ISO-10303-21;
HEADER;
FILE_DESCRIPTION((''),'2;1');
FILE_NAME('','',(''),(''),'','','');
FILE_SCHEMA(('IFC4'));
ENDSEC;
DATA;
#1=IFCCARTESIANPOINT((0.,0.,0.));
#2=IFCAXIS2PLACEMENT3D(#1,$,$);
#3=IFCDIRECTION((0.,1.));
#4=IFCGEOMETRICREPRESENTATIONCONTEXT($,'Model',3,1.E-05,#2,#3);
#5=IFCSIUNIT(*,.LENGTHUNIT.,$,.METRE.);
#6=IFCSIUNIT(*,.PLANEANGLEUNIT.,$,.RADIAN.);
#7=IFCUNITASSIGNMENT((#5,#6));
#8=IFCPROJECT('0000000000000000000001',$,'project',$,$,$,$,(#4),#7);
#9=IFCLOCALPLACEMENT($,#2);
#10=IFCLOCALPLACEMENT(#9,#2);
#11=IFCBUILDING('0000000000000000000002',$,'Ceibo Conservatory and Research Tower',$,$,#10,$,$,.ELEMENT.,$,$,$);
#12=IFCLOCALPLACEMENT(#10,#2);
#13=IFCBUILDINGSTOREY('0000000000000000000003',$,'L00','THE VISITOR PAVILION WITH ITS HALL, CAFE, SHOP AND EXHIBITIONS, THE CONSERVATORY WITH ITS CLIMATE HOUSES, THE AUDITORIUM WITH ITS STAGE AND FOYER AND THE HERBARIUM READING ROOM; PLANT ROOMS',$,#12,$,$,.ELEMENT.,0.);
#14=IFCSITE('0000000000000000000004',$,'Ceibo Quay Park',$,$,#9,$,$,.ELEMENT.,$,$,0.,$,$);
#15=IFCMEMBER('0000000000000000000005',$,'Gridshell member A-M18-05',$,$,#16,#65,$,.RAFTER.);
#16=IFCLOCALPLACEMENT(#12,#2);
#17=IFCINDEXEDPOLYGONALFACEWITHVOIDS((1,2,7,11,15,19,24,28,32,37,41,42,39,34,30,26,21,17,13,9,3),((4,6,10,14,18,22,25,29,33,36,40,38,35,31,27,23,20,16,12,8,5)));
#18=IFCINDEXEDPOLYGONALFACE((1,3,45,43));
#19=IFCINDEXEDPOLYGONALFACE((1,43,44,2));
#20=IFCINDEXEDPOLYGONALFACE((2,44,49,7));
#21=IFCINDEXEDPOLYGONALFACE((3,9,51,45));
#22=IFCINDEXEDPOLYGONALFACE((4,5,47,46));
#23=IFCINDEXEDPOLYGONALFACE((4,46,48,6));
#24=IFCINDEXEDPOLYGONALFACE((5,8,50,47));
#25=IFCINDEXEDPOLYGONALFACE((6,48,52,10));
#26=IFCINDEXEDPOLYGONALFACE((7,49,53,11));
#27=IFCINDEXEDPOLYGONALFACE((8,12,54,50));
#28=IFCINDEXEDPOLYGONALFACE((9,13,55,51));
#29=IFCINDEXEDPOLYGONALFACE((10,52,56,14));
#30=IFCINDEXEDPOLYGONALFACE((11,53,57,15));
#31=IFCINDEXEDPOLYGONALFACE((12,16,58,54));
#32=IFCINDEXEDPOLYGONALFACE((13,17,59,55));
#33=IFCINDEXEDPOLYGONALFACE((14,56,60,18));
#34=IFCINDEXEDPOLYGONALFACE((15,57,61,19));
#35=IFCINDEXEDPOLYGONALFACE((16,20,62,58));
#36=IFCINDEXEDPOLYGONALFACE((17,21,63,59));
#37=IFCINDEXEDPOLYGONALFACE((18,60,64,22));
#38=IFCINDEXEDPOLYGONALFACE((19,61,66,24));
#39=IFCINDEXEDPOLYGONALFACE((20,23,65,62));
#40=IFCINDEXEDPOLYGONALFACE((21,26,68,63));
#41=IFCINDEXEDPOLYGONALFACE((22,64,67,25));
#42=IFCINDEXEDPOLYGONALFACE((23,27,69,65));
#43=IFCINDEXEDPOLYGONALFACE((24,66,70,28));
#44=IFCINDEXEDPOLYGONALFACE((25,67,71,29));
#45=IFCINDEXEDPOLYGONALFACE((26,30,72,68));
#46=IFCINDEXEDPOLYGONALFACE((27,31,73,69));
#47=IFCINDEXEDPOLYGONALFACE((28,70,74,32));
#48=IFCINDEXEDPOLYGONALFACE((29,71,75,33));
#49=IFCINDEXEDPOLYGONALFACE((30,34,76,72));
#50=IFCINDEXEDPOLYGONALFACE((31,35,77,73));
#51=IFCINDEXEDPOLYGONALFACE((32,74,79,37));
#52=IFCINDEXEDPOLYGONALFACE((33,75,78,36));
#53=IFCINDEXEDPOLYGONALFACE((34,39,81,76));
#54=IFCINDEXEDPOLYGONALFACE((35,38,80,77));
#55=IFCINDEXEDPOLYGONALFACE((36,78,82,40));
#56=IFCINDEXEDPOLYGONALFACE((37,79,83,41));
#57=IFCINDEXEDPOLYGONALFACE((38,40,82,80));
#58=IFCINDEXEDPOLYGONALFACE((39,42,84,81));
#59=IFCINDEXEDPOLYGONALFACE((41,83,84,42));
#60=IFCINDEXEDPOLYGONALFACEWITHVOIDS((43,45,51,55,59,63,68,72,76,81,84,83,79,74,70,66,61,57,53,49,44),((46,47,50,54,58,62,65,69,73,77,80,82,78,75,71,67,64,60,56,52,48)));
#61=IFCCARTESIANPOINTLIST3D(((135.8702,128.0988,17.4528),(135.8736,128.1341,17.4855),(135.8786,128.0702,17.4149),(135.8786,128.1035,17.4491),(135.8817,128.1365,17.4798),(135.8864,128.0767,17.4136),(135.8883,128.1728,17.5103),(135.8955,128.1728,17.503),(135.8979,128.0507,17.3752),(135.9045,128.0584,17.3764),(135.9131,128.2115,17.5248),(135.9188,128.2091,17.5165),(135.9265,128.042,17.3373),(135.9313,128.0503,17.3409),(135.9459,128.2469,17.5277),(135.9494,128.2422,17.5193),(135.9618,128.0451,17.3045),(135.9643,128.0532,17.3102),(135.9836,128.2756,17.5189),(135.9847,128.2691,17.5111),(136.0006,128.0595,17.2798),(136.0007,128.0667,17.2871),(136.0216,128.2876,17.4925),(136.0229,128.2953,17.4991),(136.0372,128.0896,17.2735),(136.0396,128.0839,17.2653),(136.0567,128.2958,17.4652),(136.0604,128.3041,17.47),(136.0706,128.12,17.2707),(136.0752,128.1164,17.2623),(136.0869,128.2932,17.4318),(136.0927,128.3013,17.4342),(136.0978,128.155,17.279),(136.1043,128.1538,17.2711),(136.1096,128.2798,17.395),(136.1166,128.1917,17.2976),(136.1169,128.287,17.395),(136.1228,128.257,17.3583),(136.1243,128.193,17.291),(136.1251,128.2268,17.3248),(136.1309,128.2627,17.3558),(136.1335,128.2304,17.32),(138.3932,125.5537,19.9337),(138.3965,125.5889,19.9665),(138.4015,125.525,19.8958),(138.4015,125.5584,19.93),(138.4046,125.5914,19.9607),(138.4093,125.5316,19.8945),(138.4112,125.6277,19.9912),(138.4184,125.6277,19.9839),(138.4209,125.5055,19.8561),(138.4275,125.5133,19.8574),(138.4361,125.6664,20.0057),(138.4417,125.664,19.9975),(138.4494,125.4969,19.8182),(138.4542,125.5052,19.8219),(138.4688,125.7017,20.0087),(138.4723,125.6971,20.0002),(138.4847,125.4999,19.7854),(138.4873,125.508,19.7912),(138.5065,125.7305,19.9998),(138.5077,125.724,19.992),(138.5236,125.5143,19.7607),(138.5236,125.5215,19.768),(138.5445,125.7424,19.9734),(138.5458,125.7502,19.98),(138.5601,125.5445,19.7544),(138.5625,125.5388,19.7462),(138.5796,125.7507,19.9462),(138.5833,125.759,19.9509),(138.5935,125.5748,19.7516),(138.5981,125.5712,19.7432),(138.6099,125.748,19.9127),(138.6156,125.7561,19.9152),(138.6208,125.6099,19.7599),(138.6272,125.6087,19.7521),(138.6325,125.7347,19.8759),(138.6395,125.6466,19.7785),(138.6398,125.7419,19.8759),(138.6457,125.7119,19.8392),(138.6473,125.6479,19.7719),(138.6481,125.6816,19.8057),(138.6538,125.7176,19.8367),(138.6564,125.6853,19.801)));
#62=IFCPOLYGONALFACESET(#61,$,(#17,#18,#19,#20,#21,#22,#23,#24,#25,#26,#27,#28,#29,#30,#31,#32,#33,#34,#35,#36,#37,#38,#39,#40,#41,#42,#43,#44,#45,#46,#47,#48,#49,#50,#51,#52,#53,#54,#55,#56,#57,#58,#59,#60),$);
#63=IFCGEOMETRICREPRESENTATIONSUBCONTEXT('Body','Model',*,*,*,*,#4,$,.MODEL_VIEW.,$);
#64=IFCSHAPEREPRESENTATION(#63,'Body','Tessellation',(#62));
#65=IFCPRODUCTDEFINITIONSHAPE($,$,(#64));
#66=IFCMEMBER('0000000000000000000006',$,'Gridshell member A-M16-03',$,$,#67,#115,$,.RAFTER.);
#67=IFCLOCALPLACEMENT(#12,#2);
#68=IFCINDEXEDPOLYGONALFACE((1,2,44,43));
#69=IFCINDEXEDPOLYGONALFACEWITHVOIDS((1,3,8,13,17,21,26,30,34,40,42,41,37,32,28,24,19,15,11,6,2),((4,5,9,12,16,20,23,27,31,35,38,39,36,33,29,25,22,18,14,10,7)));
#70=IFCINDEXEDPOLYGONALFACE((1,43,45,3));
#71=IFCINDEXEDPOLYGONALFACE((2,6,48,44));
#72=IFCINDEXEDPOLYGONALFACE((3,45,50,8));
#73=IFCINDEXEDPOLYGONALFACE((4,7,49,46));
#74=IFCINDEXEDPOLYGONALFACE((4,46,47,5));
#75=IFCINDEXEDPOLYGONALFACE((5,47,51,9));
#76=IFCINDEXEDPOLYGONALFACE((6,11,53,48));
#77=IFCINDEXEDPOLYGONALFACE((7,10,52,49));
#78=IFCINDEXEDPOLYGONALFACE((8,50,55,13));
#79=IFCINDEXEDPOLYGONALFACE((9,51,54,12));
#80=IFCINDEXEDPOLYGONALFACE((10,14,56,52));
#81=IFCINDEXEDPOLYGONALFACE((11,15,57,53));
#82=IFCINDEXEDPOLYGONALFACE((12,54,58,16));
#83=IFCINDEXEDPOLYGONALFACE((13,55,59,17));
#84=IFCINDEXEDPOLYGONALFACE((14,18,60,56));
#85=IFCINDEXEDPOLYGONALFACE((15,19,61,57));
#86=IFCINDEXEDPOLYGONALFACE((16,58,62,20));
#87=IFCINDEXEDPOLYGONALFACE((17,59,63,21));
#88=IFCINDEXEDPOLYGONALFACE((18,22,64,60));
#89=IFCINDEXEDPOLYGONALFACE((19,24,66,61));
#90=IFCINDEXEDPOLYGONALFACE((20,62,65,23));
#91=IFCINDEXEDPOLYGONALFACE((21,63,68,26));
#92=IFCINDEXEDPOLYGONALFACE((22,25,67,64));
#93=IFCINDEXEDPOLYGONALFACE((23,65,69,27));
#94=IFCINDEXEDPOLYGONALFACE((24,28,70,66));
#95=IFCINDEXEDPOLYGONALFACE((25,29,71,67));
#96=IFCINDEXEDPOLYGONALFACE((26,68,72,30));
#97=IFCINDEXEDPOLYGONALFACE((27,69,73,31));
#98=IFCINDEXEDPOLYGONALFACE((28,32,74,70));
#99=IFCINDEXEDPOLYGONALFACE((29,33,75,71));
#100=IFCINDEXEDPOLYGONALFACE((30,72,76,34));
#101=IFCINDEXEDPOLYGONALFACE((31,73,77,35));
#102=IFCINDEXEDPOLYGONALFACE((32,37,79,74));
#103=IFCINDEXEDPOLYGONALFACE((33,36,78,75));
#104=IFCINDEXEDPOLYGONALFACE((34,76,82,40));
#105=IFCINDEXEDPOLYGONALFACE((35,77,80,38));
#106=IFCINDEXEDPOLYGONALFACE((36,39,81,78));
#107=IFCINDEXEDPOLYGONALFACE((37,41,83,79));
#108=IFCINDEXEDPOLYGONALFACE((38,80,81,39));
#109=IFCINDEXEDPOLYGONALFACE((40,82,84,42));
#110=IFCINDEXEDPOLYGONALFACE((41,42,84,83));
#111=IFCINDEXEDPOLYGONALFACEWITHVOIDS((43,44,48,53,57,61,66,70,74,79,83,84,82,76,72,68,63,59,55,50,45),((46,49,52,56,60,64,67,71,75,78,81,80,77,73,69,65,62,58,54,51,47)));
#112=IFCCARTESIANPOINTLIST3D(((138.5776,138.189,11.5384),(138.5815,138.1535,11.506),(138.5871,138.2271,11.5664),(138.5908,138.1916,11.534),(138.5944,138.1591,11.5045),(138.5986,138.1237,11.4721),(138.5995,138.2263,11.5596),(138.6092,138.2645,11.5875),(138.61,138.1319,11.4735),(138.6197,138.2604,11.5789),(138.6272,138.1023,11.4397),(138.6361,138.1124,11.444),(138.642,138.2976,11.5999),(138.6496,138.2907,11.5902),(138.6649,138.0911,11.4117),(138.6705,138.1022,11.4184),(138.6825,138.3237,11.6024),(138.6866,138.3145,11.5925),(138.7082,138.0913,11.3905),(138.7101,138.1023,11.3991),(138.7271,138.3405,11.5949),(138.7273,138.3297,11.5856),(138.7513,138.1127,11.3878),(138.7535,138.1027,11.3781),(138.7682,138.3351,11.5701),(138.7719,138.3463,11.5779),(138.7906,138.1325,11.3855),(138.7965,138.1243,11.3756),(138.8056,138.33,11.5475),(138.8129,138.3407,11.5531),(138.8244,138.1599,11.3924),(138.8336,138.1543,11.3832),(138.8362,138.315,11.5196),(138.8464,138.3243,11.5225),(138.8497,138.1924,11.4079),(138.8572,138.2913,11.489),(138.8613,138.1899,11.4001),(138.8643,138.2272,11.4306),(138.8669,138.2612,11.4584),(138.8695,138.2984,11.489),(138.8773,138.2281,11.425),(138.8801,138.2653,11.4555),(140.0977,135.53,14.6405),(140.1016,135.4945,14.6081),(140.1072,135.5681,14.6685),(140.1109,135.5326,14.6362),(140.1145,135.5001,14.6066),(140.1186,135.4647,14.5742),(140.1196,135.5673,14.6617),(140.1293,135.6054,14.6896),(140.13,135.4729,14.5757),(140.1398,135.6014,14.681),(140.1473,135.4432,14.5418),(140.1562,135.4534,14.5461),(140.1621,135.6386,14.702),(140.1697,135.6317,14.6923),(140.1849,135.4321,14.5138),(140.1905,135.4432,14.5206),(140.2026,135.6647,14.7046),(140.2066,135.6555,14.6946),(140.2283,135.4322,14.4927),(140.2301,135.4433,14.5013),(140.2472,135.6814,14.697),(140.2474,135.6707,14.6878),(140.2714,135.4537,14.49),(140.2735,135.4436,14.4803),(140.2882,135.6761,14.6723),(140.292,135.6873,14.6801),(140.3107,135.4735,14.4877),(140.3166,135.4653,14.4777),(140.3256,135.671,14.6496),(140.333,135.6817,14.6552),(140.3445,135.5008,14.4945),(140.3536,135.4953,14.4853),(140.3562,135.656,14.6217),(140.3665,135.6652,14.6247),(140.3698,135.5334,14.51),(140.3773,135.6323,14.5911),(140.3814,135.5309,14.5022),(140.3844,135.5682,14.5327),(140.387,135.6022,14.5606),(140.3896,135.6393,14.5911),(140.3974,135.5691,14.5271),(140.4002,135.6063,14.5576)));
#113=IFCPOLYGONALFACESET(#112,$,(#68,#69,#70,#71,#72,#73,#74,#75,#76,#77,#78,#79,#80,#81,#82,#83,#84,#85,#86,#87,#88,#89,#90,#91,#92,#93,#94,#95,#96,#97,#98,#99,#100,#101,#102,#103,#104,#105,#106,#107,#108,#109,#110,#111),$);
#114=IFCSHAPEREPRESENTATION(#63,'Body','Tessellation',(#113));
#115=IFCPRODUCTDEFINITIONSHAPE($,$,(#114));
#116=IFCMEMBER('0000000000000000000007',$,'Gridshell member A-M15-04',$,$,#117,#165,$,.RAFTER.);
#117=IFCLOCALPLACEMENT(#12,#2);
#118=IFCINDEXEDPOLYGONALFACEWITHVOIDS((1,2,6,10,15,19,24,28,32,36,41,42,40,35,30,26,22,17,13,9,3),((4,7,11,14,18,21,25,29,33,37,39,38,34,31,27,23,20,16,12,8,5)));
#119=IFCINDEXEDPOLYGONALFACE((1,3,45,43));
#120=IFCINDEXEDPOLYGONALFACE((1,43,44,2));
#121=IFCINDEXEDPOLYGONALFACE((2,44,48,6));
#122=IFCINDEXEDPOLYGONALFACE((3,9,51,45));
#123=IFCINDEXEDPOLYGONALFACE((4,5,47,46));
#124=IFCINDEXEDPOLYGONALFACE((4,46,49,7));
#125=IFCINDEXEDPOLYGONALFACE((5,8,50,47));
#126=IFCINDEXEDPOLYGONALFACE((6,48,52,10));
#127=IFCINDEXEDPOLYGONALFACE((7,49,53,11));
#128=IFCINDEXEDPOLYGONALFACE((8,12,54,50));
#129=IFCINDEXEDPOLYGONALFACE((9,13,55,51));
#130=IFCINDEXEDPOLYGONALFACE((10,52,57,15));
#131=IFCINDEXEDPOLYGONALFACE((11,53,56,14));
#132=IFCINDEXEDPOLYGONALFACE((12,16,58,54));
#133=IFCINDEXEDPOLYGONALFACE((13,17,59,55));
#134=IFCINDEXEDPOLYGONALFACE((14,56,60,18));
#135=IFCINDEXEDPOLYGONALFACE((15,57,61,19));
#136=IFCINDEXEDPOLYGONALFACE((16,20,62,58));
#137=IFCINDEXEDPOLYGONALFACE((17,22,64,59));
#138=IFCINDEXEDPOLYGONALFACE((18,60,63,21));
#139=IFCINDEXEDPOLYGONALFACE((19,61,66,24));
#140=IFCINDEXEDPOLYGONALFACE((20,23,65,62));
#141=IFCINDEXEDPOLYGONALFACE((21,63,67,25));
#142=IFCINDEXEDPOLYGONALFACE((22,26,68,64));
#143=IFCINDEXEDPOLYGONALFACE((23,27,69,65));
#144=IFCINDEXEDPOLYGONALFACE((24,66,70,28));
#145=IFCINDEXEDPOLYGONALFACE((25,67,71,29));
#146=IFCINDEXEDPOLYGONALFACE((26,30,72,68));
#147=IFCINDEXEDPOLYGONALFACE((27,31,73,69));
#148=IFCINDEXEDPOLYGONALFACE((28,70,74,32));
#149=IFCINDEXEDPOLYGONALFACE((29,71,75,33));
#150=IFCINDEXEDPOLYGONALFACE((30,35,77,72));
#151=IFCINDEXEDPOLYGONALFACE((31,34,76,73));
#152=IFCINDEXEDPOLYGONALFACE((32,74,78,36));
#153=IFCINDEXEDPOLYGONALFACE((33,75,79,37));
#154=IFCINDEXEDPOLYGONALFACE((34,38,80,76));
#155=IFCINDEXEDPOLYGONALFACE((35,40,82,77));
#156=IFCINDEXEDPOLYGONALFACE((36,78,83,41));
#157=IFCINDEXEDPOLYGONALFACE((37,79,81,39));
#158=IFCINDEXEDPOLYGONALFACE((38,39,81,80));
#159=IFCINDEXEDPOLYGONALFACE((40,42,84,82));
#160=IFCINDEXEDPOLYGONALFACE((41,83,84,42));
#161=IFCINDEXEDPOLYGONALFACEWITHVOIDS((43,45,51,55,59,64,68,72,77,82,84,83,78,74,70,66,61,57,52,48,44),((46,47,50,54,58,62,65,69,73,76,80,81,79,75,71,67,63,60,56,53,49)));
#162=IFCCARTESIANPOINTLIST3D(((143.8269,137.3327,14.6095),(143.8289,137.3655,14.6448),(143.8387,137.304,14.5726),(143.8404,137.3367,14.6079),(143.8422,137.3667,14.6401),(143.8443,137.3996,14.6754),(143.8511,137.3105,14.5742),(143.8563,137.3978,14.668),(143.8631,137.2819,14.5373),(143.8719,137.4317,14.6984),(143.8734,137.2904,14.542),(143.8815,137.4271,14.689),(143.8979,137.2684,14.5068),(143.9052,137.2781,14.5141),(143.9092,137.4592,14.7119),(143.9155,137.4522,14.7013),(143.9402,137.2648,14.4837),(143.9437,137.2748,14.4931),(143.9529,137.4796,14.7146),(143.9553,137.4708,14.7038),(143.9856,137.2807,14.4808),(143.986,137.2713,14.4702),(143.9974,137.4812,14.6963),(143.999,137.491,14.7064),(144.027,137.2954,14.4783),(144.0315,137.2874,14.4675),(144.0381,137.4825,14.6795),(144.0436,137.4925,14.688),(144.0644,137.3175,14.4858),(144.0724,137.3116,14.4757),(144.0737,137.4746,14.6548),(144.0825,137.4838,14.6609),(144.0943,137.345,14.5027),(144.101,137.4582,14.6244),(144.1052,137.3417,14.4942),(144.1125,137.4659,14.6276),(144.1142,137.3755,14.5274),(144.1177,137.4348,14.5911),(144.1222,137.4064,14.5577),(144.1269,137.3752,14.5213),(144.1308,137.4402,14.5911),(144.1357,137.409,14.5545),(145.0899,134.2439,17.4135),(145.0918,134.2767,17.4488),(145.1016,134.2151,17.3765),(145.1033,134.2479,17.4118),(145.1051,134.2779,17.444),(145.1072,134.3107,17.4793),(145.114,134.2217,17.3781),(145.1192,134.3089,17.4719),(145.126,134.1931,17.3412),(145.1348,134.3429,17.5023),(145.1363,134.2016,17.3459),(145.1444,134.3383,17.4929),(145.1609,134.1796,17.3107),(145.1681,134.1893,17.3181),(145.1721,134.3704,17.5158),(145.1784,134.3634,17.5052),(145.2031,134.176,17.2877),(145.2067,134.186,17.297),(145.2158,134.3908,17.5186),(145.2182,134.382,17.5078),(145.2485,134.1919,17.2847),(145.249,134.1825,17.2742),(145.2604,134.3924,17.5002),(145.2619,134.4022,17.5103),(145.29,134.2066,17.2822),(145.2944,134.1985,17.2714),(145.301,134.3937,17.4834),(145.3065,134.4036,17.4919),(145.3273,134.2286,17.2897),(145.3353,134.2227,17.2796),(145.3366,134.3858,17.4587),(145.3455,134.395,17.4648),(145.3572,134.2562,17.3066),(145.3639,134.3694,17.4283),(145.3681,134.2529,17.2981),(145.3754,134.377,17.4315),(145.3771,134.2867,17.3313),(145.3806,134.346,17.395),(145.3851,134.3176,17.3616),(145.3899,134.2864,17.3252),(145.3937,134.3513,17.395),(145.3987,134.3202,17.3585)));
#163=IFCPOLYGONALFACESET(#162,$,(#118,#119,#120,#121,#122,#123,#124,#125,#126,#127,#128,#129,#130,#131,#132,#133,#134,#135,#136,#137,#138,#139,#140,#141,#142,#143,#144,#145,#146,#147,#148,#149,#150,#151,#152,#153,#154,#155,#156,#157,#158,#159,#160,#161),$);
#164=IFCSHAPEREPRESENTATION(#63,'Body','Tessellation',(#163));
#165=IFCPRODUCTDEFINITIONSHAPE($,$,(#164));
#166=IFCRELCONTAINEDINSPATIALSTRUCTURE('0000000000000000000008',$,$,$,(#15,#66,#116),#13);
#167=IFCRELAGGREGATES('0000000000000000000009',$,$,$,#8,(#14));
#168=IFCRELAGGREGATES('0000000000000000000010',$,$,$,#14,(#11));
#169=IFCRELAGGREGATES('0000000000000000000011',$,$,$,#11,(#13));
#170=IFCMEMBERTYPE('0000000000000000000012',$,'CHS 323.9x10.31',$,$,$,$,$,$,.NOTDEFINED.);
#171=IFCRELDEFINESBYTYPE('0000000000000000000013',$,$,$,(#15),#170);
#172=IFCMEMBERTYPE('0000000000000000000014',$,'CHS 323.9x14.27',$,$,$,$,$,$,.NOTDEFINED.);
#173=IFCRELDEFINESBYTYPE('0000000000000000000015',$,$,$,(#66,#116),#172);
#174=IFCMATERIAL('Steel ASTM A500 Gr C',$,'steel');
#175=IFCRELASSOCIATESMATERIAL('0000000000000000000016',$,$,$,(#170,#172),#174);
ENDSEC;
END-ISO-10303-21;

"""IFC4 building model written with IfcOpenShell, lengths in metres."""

from ifc_helpers import new_model, si_unit, direction, frame, origin, origin_2d, place, context, subcontext, project, spatial, hollow_circle, extrude, material, material_profile, profile_set, type_object, element, save


model = new_model("IFC4")

# Units and contexts
model_context = context("Model", 3, precision=1e-05, world=origin(), true_north=direction((0.0, 1.0)))
body_context = subcontext(model_context, "Body", "Model", "MODEL_VIEW")
ifc_project = project(units=[si_unit("LENGTHUNIT", "METRE"), si_unit("PLANEANGLEUNIT", "RADIAN")], contexts=[model_context])

# Site, building, storey
site_placement = place(None, origin())
site = spatial("IfcSite", under=ifc_project, at=site_placement, Name="Ceibo Quay Park", CompositionType="ELEMENT", RefElevation=0.0)
building_placement = place(site_placement, origin())
building = spatial("IfcBuilding", under=site, at=building_placement, Name="Ceibo Conservatory and Research Tower", CompositionType="ELEMENT")
storey_placement = place(building_placement, origin())
storey = spatial("IfcBuildingStorey", under=building, at=storey_placement, Name="L00", Description="THE VISITOR PAVILION WITH ITS HALL, CAFE, SHOP AND EXHIBITIONS, THE CONSERVATORY WITH ITS CLIMATE HOUSES, THE AUDITORIUM WITH ITS STAGE AND FOYER AND THE HERBARIUM READING ROOM; PLANT ROOMS", CompositionType="ELEMENT", Elevation=0.0)

# Members
ifc_material_1 = material(Name="Steel ASTM A500 Gr C", Category="steel")
ifc_material_profile_1 = material_profile(ifc_material_1, hollow_circle(Radius=0.1619, WallThickness=0.0103, at=origin_2d()), Name="CHS 323.9x10.31")
ifc_profile_set_1 = profile_set([ifc_material_profile_1], Name="Steel ASTM A500 Gr C")
member_type_1 = type_object("IfcMemberType", Name="CHS 323.9x10.31", PredefinedType="NOTDEFINED", material=ifc_profile_set_1)
member_1_placement = place(storey_placement, frame((136.002, 128.1731, 17.395), z_axis=(0.57883, -0.583927, 0.569196), x_axis=(0.7102, 0.704, 0.0)))
element("IfcMember", 1, at=member_1_placement, inside=storey, type_object=member_type_1, Name="Gridshell member A-M18-05", PredefinedType="RAFTER", context=body_context, shape_type="SweptSolid", body=[
    extrude(hollow_circle(Radius=0.1619, WallThickness=0.0103, at=origin_2d()), origin(), (0.0, 0.0, 1.0), 4.3586),
])
ifc_material_profile_2 = material_profile(ifc_material_1, hollow_circle(Radius=0.1619, WallThickness=0.0142, at=origin_2d()), Name="CHS 323.9x14.27")
ifc_profile_set_2 = profile_set([ifc_material_profile_2], Name="Steel ASTM A500 Gr C")
member_type_2 = type_object("IfcMemberType", Name="CHS 323.9x14.27", PredefinedType="NOTDEFINED", material=ifc_profile_set_2)
member_2_placement = place(storey_placement, frame((138.729, 138.218, 11.489), z_axis=(0.348688, -0.609952, 0.711601), x_axis=(0.868155, 0.496293, 0.0)))
element("IfcMember", 2, at=member_2_placement, inside=storey, type_object=member_type_2, Name="Gridshell member A-M16-03", PredefinedType="RAFTER", context=body_context, shape_type="SweptSolid", body=[
    extrude(hollow_circle(Radius=0.1619, WallThickness=0.0142, at=origin_2d()), origin(), (0.0, 0.0, 1.0), 4.3594),
])
member_3_placement = place(storey_placement, frame((143.981, 137.3789, 14.5911), z_axis=(0.289751, -0.708667, 0.643301), x_axis=(0.925619, 0.378456, 0.0)))
element("IfcMember", 3, at=member_3_placement, inside=storey, type_object=member_type_2, Name="Gridshell member A-M15-04", PredefinedType="RAFTER", context=body_context, shape_type="SweptSolid", body=[
    extrude(hollow_circle(Radius=0.1619, WallThickness=0.0142, at=origin_2d()), origin(), (0.0, 0.0, 1.0), 4.3586),
])

save(model, "model.ifc")
